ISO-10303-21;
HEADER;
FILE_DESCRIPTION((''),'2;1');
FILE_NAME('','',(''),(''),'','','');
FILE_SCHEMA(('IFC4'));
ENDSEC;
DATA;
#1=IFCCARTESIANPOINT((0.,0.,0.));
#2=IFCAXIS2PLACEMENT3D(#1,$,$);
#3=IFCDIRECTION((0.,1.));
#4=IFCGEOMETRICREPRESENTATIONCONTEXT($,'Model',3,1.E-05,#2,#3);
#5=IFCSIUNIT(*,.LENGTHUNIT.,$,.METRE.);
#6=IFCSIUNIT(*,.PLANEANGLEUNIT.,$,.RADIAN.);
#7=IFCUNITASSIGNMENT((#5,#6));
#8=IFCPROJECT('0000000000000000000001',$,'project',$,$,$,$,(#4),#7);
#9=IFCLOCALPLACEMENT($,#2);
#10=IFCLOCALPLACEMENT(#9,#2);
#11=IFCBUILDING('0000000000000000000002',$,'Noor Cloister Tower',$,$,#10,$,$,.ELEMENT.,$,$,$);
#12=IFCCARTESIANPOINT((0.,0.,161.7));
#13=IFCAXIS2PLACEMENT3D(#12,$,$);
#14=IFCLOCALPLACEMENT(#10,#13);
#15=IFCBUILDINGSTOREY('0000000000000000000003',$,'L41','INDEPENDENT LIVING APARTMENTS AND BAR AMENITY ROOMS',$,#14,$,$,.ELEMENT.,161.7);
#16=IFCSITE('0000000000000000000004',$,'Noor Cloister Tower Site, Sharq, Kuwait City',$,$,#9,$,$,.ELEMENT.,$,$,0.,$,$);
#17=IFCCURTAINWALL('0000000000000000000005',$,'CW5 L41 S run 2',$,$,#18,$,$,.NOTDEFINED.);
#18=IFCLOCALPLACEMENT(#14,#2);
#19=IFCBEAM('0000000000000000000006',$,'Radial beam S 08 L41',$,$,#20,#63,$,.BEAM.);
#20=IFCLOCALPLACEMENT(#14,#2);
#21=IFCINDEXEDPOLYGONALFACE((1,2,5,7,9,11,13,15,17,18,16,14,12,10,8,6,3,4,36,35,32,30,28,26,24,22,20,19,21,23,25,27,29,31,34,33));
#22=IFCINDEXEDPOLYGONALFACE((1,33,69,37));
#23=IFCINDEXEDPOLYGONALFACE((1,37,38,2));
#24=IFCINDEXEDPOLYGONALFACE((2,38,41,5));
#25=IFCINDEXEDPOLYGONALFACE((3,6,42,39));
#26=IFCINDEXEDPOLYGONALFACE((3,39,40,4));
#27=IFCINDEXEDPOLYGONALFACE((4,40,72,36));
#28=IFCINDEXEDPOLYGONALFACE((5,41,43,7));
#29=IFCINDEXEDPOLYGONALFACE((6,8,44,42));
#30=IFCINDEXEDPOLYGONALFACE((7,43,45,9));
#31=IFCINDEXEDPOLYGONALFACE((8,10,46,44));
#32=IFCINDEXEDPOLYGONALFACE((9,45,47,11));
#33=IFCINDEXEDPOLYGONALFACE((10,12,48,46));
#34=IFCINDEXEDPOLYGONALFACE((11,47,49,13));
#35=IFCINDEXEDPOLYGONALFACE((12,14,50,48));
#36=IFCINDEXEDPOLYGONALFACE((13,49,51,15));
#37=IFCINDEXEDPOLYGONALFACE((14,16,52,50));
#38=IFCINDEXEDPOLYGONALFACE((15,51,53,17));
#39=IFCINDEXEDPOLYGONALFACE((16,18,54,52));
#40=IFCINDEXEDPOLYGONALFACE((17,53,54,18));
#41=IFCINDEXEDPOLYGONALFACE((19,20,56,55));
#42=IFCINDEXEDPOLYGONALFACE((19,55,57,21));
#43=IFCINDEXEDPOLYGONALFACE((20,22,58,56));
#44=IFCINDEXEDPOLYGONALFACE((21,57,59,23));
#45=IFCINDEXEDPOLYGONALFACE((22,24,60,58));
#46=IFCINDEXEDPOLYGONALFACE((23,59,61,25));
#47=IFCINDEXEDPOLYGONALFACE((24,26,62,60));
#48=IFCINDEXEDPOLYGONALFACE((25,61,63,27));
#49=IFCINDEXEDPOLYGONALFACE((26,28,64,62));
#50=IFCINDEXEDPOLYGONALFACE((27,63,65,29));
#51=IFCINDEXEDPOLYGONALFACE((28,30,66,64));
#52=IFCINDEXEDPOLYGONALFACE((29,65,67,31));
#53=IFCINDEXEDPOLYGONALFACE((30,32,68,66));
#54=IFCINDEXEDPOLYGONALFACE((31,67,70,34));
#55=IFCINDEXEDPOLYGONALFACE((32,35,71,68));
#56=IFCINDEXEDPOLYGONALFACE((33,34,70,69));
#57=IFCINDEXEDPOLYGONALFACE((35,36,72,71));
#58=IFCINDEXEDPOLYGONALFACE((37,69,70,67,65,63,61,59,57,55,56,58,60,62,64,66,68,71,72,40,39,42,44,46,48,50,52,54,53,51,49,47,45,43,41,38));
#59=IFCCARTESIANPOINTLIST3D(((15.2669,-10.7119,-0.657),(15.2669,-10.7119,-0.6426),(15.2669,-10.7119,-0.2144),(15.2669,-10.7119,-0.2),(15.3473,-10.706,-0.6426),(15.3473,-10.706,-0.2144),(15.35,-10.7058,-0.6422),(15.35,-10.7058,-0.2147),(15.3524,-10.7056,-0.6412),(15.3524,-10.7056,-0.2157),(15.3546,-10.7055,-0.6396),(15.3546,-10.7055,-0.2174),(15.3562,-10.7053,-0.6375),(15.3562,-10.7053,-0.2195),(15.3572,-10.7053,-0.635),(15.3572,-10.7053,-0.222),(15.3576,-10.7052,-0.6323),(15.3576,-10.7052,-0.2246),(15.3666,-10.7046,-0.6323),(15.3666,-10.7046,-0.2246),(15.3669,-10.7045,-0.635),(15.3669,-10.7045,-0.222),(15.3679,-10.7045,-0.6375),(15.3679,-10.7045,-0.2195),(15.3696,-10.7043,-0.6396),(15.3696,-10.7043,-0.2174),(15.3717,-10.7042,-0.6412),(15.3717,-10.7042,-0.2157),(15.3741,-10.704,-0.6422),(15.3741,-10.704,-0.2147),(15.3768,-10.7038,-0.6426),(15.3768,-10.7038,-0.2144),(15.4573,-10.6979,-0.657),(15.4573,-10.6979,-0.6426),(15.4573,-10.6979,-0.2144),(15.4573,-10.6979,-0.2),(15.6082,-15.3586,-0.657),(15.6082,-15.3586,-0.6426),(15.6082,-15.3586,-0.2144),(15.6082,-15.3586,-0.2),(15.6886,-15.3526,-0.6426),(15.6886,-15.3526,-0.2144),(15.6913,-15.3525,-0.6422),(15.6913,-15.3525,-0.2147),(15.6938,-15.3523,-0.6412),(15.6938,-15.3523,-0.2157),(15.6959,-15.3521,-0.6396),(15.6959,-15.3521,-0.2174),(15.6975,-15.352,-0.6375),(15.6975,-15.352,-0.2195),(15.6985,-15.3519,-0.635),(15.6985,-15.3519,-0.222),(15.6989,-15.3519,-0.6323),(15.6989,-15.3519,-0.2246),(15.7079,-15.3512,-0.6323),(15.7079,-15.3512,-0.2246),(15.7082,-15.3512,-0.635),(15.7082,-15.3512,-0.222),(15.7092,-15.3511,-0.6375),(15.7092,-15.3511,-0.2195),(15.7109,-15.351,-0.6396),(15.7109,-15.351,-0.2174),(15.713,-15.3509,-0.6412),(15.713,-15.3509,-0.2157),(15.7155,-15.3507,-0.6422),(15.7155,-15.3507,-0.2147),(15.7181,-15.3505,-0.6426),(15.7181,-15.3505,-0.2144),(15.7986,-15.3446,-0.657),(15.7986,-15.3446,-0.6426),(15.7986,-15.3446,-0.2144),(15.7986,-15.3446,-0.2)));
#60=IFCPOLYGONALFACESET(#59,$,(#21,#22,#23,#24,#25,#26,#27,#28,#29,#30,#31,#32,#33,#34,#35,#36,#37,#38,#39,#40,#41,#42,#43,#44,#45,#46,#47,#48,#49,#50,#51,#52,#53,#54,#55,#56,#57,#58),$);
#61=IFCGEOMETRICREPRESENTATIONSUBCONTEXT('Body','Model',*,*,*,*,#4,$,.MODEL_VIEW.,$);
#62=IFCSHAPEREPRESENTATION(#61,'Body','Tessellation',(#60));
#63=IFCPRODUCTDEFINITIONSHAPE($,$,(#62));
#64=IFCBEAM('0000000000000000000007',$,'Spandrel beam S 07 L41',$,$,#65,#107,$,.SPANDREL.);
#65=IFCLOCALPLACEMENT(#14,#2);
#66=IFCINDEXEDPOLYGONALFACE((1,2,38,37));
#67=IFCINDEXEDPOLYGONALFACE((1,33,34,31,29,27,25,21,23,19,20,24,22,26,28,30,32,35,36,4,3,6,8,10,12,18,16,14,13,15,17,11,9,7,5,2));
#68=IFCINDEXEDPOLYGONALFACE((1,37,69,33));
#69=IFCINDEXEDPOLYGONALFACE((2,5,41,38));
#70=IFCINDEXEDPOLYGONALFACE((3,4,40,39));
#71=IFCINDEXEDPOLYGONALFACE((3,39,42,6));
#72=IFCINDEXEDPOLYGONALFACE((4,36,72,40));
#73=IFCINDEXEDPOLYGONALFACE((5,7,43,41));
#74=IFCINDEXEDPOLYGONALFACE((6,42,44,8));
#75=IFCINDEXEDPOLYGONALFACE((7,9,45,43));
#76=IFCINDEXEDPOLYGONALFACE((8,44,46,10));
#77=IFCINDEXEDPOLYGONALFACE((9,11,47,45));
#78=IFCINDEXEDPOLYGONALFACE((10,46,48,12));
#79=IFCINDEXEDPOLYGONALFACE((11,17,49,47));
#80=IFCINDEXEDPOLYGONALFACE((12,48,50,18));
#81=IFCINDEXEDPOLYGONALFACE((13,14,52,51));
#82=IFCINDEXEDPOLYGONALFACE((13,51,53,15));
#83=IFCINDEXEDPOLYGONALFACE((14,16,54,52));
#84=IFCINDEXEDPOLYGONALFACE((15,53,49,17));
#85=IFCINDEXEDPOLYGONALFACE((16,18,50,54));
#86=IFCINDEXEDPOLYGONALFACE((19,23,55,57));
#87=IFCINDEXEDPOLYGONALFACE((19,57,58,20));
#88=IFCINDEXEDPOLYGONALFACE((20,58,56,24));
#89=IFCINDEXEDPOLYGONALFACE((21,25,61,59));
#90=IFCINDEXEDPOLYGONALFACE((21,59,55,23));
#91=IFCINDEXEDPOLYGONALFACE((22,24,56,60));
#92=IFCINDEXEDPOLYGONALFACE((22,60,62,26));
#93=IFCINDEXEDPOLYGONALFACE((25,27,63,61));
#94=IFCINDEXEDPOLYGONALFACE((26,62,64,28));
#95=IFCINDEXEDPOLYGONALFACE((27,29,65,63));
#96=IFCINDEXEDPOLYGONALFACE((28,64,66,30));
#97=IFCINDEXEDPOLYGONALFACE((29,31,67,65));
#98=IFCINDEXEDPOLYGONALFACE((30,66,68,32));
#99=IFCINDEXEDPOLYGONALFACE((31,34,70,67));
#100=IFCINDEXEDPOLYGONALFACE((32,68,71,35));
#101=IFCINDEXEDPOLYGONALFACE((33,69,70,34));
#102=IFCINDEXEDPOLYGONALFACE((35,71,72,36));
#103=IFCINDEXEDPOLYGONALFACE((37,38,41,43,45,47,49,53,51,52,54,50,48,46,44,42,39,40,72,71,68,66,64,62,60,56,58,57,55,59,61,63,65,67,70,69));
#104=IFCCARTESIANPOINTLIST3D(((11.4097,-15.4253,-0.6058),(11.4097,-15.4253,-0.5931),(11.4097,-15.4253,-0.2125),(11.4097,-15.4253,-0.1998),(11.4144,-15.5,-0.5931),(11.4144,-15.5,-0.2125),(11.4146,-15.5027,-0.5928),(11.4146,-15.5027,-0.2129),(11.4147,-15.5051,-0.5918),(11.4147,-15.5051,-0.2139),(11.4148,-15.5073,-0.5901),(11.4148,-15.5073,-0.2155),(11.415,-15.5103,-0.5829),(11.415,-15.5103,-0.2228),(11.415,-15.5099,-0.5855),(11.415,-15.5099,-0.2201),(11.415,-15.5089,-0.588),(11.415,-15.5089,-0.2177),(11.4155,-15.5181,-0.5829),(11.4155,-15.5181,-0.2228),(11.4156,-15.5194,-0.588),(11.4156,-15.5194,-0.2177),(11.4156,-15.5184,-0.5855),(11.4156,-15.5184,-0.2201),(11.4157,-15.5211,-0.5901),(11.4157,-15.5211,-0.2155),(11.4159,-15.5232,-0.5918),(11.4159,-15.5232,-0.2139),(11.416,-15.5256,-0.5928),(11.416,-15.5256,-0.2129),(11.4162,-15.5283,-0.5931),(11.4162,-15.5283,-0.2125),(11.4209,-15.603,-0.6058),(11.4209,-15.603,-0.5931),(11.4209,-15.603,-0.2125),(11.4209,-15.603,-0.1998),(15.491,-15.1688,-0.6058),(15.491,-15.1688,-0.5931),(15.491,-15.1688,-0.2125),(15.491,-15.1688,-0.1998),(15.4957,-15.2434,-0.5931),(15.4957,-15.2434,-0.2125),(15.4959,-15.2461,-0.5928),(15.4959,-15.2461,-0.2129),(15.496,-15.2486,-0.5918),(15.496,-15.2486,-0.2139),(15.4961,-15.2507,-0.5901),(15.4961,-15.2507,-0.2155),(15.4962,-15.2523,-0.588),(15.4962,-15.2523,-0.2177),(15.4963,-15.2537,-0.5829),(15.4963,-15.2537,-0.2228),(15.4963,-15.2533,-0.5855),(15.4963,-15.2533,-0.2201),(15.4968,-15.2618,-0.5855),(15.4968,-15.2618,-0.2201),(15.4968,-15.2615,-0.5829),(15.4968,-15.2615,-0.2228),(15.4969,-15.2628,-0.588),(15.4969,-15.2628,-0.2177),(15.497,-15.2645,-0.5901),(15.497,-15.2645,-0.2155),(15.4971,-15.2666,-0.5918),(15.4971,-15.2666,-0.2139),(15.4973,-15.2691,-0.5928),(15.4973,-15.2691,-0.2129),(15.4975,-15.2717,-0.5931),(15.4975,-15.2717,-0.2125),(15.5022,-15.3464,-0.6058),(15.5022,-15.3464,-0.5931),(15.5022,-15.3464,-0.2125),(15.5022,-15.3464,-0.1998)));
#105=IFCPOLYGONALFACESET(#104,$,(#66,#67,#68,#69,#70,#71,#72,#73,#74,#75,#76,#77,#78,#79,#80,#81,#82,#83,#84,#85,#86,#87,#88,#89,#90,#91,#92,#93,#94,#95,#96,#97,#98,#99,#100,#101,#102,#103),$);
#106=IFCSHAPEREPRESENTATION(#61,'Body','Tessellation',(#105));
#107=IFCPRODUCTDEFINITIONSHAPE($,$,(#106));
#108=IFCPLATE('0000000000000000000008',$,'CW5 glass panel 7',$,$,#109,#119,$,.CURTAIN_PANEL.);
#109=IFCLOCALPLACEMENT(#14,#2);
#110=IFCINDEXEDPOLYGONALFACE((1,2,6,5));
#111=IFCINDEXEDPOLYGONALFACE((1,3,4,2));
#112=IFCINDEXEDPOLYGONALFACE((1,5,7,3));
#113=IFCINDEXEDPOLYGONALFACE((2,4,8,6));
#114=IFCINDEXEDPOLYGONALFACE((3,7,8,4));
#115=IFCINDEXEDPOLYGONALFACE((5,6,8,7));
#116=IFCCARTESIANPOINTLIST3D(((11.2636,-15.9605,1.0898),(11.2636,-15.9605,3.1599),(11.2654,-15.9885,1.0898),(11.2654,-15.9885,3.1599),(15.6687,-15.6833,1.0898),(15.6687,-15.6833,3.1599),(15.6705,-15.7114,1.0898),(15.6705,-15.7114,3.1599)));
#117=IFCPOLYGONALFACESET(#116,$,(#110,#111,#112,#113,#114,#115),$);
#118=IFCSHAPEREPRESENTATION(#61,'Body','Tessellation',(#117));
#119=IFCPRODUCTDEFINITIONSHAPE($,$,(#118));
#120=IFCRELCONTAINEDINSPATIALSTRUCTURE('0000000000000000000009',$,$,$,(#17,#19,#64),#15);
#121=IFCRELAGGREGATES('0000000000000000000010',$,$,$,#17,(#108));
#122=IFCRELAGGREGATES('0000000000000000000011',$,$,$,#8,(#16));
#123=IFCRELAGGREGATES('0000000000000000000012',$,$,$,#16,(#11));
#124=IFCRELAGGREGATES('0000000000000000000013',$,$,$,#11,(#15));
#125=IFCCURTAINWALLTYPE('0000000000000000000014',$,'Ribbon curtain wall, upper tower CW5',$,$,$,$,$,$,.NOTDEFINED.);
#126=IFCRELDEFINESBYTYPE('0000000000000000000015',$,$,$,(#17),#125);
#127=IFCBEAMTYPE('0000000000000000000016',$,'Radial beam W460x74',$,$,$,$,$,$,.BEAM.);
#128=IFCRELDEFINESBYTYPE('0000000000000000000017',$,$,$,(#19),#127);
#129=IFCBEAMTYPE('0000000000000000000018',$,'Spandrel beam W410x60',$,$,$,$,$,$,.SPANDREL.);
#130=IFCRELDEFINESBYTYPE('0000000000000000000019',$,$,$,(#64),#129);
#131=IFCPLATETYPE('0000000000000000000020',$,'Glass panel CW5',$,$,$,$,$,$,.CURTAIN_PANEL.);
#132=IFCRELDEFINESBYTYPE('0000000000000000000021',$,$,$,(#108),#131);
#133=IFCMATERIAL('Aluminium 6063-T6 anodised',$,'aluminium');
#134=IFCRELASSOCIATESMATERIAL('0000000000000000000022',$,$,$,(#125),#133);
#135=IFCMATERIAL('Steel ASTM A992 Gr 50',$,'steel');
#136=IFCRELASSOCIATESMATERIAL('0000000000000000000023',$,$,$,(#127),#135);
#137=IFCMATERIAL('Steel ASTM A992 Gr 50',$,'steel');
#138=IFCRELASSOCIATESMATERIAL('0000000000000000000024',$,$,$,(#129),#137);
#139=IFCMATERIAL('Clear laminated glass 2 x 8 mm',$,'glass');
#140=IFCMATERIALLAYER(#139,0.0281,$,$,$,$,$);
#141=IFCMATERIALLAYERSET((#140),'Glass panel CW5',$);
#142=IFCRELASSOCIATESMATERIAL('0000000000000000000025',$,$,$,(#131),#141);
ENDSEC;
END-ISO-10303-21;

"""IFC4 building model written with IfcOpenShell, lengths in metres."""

from ifc_helpers import new_model, si_unit, direction, frame, origin, origin_2d, place, context, subcontext, project, spatial, rectangle, i_section, extrude, material, layer, layer_set, material_profile, profile_set, type_object, element, aggregate, save


model = new_model("IFC4")

# Units and contexts
model_context = context("Model", 3, precision=1e-05, world=origin(), true_north=direction((0.0, 1.0)))
body_context = subcontext(model_context, "Body", "Model", "MODEL_VIEW")
ifc_project = project(units=[si_unit("LENGTHUNIT", "METRE"), si_unit("PLANEANGLEUNIT", "RADIAN")], contexts=[model_context])

# Site, building, storey
site_placement = place(None, origin())
site = spatial("IfcSite", under=ifc_project, at=site_placement, Name="Noor Cloister Tower Site, Sharq, Kuwait City", CompositionType="ELEMENT", RefElevation=0.0)
building_placement = place(site_placement, origin())
building = spatial("IfcBuilding", under=site, at=building_placement, Name="Noor Cloister Tower", CompositionType="ELEMENT")
storey_placement = place(building_placement, frame((0.0, 0.0, 161.7)))
storey = spatial("IfcBuildingStorey", under=building, at=storey_placement, Name="L41", Description="INDEPENDENT LIVING APARTMENTS AND BAR AMENITY ROOMS", CompositionType="ELEMENT", Elevation=161.7)

# Curtain wall
ifc_material_1 = material(Name="Aluminium 6063-T6 anodised", Category="aluminium")
curtain_wall_type = type_object("IfcCurtainWallType", Name="Ribbon curtain wall, upper tower CW5", PredefinedType="NOTDEFINED", material=ifc_material_1)
curtain_wall_placement = place(storey_placement, origin())
curtain_wall = element("IfcCurtainWall", 1, at=curtain_wall_placement, inside=storey, type_object=curtain_wall_type, Name="CW5 L41 S run 2", PredefinedType="NOTDEFINED")

# Beams
ifc_material_2 = material(Name="Steel ASTM A992 Gr 50", Category="steel")
ifc_material_profile_1 = material_profile(ifc_material_2, i_section(OverallWidth=0.1909, OverallDepth=0.457, WebThickness=0.009, FlangeThickness=0.0144, FilletRadius=0.0103, at=origin_2d()), Name="W460x74")
ifc_profile_set_1 = profile_set([ifc_material_profile_1], Name="Steel ASTM A992 Gr 50")
beam_type_1 = type_object("IfcBeamType", Name="Radial beam W460x74", PredefinedType="BEAM", material=ifc_profile_set_1)
beam_1_placement = place(storey_placement, frame((15.7034, -15.3516, -0.4285), z_axis=(-0.073254, 0.997313, 0.0), x_axis=(-0.997313, -0.073254, 0.0)))
element("IfcBeam", 2, at=beam_1_placement, inside=storey, type_object=beam_type_1, Name="Radial beam S 08 L41", PredefinedType="BEAM", context=body_context, shape_type="SweptSolid", body=[
    extrude(i_section(OverallWidth=0.1909, OverallDepth=0.457, WebThickness=0.009, FlangeThickness=0.0144, FilletRadius=0.0103, at=origin_2d()), origin(), (0.0, 0.0, 1.0), 4.6592),
])
ifc_material_3 = material(Name="Steel ASTM A992 Gr 50", Category="steel")
ifc_material_profile_2 = material_profile(ifc_material_3, i_section(OverallWidth=0.178, OverallDepth=0.406, WebThickness=0.0078, FlangeThickness=0.0127, FilletRadius=0.0103, at=origin_2d()), Name="W410x60")
ifc_profile_set_2 = profile_set([ifc_material_profile_2], Name="Steel ASTM A992 Gr 50")
beam_type_2 = type_object("IfcBeamType", Name="Spandrel beam W410x60", PredefinedType="SPANDREL", material=ifc_profile_set_2)
beam_2_placement = place(storey_placement, frame((11.4153, -15.5142, -0.4028), z_axis=(0.99803, 0.062746, 0.0), x_axis=(-0.062746, 0.99803, 0.0)))
element("IfcBeam", 3, at=beam_2_placement, inside=storey, type_object=beam_type_2, Name="Spandrel beam S 07 L41", PredefinedType="SPANDREL", context=body_context, shape_type="SweptSolid", body=[
    extrude(i_section(OverallWidth=0.178, OverallDepth=0.406, WebThickness=0.0078, FlangeThickness=0.0127, FilletRadius=0.0103, at=origin_2d()), origin(), (0.0, 0.0, 1.0), 4.0894),
])

# Plate
ifc_material_4 = material(Name="Clear laminated glass 2 x 8 mm", Category="glass")
ifc_layer_1 = layer(ifc_material_4, 0.0281)
ifc_layer_set_1 = layer_set([ifc_layer_1], Name="Glass panel CW5")
plate_type = type_object("IfcPlateType", Name="Glass panel CW5", PredefinedType="CURTAIN_PANEL", material=ifc_layer_set_1)
plate_placement = place(storey_placement, frame((13.467, -15.8359, 1.0898), z_axis=(0.0, 0.0, 1.0), x_axis=(0.998026, 0.062798, 0.0)))
plate = element("IfcPlate", 4, at=plate_placement, type_object=plate_type, Name="CW5 glass panel 7", PredefinedType="CURTAIN_PANEL", context=body_context, shape_type="SweptSolid", body=[
    extrude(rectangle(XDim=4.4138, YDim=0.0281, at=origin_2d()), origin(), (0.0, 0.0, 1.0), 2.0701),
])
aggregate(curtain_wall, [plate])

save(model, "model.ifc")
